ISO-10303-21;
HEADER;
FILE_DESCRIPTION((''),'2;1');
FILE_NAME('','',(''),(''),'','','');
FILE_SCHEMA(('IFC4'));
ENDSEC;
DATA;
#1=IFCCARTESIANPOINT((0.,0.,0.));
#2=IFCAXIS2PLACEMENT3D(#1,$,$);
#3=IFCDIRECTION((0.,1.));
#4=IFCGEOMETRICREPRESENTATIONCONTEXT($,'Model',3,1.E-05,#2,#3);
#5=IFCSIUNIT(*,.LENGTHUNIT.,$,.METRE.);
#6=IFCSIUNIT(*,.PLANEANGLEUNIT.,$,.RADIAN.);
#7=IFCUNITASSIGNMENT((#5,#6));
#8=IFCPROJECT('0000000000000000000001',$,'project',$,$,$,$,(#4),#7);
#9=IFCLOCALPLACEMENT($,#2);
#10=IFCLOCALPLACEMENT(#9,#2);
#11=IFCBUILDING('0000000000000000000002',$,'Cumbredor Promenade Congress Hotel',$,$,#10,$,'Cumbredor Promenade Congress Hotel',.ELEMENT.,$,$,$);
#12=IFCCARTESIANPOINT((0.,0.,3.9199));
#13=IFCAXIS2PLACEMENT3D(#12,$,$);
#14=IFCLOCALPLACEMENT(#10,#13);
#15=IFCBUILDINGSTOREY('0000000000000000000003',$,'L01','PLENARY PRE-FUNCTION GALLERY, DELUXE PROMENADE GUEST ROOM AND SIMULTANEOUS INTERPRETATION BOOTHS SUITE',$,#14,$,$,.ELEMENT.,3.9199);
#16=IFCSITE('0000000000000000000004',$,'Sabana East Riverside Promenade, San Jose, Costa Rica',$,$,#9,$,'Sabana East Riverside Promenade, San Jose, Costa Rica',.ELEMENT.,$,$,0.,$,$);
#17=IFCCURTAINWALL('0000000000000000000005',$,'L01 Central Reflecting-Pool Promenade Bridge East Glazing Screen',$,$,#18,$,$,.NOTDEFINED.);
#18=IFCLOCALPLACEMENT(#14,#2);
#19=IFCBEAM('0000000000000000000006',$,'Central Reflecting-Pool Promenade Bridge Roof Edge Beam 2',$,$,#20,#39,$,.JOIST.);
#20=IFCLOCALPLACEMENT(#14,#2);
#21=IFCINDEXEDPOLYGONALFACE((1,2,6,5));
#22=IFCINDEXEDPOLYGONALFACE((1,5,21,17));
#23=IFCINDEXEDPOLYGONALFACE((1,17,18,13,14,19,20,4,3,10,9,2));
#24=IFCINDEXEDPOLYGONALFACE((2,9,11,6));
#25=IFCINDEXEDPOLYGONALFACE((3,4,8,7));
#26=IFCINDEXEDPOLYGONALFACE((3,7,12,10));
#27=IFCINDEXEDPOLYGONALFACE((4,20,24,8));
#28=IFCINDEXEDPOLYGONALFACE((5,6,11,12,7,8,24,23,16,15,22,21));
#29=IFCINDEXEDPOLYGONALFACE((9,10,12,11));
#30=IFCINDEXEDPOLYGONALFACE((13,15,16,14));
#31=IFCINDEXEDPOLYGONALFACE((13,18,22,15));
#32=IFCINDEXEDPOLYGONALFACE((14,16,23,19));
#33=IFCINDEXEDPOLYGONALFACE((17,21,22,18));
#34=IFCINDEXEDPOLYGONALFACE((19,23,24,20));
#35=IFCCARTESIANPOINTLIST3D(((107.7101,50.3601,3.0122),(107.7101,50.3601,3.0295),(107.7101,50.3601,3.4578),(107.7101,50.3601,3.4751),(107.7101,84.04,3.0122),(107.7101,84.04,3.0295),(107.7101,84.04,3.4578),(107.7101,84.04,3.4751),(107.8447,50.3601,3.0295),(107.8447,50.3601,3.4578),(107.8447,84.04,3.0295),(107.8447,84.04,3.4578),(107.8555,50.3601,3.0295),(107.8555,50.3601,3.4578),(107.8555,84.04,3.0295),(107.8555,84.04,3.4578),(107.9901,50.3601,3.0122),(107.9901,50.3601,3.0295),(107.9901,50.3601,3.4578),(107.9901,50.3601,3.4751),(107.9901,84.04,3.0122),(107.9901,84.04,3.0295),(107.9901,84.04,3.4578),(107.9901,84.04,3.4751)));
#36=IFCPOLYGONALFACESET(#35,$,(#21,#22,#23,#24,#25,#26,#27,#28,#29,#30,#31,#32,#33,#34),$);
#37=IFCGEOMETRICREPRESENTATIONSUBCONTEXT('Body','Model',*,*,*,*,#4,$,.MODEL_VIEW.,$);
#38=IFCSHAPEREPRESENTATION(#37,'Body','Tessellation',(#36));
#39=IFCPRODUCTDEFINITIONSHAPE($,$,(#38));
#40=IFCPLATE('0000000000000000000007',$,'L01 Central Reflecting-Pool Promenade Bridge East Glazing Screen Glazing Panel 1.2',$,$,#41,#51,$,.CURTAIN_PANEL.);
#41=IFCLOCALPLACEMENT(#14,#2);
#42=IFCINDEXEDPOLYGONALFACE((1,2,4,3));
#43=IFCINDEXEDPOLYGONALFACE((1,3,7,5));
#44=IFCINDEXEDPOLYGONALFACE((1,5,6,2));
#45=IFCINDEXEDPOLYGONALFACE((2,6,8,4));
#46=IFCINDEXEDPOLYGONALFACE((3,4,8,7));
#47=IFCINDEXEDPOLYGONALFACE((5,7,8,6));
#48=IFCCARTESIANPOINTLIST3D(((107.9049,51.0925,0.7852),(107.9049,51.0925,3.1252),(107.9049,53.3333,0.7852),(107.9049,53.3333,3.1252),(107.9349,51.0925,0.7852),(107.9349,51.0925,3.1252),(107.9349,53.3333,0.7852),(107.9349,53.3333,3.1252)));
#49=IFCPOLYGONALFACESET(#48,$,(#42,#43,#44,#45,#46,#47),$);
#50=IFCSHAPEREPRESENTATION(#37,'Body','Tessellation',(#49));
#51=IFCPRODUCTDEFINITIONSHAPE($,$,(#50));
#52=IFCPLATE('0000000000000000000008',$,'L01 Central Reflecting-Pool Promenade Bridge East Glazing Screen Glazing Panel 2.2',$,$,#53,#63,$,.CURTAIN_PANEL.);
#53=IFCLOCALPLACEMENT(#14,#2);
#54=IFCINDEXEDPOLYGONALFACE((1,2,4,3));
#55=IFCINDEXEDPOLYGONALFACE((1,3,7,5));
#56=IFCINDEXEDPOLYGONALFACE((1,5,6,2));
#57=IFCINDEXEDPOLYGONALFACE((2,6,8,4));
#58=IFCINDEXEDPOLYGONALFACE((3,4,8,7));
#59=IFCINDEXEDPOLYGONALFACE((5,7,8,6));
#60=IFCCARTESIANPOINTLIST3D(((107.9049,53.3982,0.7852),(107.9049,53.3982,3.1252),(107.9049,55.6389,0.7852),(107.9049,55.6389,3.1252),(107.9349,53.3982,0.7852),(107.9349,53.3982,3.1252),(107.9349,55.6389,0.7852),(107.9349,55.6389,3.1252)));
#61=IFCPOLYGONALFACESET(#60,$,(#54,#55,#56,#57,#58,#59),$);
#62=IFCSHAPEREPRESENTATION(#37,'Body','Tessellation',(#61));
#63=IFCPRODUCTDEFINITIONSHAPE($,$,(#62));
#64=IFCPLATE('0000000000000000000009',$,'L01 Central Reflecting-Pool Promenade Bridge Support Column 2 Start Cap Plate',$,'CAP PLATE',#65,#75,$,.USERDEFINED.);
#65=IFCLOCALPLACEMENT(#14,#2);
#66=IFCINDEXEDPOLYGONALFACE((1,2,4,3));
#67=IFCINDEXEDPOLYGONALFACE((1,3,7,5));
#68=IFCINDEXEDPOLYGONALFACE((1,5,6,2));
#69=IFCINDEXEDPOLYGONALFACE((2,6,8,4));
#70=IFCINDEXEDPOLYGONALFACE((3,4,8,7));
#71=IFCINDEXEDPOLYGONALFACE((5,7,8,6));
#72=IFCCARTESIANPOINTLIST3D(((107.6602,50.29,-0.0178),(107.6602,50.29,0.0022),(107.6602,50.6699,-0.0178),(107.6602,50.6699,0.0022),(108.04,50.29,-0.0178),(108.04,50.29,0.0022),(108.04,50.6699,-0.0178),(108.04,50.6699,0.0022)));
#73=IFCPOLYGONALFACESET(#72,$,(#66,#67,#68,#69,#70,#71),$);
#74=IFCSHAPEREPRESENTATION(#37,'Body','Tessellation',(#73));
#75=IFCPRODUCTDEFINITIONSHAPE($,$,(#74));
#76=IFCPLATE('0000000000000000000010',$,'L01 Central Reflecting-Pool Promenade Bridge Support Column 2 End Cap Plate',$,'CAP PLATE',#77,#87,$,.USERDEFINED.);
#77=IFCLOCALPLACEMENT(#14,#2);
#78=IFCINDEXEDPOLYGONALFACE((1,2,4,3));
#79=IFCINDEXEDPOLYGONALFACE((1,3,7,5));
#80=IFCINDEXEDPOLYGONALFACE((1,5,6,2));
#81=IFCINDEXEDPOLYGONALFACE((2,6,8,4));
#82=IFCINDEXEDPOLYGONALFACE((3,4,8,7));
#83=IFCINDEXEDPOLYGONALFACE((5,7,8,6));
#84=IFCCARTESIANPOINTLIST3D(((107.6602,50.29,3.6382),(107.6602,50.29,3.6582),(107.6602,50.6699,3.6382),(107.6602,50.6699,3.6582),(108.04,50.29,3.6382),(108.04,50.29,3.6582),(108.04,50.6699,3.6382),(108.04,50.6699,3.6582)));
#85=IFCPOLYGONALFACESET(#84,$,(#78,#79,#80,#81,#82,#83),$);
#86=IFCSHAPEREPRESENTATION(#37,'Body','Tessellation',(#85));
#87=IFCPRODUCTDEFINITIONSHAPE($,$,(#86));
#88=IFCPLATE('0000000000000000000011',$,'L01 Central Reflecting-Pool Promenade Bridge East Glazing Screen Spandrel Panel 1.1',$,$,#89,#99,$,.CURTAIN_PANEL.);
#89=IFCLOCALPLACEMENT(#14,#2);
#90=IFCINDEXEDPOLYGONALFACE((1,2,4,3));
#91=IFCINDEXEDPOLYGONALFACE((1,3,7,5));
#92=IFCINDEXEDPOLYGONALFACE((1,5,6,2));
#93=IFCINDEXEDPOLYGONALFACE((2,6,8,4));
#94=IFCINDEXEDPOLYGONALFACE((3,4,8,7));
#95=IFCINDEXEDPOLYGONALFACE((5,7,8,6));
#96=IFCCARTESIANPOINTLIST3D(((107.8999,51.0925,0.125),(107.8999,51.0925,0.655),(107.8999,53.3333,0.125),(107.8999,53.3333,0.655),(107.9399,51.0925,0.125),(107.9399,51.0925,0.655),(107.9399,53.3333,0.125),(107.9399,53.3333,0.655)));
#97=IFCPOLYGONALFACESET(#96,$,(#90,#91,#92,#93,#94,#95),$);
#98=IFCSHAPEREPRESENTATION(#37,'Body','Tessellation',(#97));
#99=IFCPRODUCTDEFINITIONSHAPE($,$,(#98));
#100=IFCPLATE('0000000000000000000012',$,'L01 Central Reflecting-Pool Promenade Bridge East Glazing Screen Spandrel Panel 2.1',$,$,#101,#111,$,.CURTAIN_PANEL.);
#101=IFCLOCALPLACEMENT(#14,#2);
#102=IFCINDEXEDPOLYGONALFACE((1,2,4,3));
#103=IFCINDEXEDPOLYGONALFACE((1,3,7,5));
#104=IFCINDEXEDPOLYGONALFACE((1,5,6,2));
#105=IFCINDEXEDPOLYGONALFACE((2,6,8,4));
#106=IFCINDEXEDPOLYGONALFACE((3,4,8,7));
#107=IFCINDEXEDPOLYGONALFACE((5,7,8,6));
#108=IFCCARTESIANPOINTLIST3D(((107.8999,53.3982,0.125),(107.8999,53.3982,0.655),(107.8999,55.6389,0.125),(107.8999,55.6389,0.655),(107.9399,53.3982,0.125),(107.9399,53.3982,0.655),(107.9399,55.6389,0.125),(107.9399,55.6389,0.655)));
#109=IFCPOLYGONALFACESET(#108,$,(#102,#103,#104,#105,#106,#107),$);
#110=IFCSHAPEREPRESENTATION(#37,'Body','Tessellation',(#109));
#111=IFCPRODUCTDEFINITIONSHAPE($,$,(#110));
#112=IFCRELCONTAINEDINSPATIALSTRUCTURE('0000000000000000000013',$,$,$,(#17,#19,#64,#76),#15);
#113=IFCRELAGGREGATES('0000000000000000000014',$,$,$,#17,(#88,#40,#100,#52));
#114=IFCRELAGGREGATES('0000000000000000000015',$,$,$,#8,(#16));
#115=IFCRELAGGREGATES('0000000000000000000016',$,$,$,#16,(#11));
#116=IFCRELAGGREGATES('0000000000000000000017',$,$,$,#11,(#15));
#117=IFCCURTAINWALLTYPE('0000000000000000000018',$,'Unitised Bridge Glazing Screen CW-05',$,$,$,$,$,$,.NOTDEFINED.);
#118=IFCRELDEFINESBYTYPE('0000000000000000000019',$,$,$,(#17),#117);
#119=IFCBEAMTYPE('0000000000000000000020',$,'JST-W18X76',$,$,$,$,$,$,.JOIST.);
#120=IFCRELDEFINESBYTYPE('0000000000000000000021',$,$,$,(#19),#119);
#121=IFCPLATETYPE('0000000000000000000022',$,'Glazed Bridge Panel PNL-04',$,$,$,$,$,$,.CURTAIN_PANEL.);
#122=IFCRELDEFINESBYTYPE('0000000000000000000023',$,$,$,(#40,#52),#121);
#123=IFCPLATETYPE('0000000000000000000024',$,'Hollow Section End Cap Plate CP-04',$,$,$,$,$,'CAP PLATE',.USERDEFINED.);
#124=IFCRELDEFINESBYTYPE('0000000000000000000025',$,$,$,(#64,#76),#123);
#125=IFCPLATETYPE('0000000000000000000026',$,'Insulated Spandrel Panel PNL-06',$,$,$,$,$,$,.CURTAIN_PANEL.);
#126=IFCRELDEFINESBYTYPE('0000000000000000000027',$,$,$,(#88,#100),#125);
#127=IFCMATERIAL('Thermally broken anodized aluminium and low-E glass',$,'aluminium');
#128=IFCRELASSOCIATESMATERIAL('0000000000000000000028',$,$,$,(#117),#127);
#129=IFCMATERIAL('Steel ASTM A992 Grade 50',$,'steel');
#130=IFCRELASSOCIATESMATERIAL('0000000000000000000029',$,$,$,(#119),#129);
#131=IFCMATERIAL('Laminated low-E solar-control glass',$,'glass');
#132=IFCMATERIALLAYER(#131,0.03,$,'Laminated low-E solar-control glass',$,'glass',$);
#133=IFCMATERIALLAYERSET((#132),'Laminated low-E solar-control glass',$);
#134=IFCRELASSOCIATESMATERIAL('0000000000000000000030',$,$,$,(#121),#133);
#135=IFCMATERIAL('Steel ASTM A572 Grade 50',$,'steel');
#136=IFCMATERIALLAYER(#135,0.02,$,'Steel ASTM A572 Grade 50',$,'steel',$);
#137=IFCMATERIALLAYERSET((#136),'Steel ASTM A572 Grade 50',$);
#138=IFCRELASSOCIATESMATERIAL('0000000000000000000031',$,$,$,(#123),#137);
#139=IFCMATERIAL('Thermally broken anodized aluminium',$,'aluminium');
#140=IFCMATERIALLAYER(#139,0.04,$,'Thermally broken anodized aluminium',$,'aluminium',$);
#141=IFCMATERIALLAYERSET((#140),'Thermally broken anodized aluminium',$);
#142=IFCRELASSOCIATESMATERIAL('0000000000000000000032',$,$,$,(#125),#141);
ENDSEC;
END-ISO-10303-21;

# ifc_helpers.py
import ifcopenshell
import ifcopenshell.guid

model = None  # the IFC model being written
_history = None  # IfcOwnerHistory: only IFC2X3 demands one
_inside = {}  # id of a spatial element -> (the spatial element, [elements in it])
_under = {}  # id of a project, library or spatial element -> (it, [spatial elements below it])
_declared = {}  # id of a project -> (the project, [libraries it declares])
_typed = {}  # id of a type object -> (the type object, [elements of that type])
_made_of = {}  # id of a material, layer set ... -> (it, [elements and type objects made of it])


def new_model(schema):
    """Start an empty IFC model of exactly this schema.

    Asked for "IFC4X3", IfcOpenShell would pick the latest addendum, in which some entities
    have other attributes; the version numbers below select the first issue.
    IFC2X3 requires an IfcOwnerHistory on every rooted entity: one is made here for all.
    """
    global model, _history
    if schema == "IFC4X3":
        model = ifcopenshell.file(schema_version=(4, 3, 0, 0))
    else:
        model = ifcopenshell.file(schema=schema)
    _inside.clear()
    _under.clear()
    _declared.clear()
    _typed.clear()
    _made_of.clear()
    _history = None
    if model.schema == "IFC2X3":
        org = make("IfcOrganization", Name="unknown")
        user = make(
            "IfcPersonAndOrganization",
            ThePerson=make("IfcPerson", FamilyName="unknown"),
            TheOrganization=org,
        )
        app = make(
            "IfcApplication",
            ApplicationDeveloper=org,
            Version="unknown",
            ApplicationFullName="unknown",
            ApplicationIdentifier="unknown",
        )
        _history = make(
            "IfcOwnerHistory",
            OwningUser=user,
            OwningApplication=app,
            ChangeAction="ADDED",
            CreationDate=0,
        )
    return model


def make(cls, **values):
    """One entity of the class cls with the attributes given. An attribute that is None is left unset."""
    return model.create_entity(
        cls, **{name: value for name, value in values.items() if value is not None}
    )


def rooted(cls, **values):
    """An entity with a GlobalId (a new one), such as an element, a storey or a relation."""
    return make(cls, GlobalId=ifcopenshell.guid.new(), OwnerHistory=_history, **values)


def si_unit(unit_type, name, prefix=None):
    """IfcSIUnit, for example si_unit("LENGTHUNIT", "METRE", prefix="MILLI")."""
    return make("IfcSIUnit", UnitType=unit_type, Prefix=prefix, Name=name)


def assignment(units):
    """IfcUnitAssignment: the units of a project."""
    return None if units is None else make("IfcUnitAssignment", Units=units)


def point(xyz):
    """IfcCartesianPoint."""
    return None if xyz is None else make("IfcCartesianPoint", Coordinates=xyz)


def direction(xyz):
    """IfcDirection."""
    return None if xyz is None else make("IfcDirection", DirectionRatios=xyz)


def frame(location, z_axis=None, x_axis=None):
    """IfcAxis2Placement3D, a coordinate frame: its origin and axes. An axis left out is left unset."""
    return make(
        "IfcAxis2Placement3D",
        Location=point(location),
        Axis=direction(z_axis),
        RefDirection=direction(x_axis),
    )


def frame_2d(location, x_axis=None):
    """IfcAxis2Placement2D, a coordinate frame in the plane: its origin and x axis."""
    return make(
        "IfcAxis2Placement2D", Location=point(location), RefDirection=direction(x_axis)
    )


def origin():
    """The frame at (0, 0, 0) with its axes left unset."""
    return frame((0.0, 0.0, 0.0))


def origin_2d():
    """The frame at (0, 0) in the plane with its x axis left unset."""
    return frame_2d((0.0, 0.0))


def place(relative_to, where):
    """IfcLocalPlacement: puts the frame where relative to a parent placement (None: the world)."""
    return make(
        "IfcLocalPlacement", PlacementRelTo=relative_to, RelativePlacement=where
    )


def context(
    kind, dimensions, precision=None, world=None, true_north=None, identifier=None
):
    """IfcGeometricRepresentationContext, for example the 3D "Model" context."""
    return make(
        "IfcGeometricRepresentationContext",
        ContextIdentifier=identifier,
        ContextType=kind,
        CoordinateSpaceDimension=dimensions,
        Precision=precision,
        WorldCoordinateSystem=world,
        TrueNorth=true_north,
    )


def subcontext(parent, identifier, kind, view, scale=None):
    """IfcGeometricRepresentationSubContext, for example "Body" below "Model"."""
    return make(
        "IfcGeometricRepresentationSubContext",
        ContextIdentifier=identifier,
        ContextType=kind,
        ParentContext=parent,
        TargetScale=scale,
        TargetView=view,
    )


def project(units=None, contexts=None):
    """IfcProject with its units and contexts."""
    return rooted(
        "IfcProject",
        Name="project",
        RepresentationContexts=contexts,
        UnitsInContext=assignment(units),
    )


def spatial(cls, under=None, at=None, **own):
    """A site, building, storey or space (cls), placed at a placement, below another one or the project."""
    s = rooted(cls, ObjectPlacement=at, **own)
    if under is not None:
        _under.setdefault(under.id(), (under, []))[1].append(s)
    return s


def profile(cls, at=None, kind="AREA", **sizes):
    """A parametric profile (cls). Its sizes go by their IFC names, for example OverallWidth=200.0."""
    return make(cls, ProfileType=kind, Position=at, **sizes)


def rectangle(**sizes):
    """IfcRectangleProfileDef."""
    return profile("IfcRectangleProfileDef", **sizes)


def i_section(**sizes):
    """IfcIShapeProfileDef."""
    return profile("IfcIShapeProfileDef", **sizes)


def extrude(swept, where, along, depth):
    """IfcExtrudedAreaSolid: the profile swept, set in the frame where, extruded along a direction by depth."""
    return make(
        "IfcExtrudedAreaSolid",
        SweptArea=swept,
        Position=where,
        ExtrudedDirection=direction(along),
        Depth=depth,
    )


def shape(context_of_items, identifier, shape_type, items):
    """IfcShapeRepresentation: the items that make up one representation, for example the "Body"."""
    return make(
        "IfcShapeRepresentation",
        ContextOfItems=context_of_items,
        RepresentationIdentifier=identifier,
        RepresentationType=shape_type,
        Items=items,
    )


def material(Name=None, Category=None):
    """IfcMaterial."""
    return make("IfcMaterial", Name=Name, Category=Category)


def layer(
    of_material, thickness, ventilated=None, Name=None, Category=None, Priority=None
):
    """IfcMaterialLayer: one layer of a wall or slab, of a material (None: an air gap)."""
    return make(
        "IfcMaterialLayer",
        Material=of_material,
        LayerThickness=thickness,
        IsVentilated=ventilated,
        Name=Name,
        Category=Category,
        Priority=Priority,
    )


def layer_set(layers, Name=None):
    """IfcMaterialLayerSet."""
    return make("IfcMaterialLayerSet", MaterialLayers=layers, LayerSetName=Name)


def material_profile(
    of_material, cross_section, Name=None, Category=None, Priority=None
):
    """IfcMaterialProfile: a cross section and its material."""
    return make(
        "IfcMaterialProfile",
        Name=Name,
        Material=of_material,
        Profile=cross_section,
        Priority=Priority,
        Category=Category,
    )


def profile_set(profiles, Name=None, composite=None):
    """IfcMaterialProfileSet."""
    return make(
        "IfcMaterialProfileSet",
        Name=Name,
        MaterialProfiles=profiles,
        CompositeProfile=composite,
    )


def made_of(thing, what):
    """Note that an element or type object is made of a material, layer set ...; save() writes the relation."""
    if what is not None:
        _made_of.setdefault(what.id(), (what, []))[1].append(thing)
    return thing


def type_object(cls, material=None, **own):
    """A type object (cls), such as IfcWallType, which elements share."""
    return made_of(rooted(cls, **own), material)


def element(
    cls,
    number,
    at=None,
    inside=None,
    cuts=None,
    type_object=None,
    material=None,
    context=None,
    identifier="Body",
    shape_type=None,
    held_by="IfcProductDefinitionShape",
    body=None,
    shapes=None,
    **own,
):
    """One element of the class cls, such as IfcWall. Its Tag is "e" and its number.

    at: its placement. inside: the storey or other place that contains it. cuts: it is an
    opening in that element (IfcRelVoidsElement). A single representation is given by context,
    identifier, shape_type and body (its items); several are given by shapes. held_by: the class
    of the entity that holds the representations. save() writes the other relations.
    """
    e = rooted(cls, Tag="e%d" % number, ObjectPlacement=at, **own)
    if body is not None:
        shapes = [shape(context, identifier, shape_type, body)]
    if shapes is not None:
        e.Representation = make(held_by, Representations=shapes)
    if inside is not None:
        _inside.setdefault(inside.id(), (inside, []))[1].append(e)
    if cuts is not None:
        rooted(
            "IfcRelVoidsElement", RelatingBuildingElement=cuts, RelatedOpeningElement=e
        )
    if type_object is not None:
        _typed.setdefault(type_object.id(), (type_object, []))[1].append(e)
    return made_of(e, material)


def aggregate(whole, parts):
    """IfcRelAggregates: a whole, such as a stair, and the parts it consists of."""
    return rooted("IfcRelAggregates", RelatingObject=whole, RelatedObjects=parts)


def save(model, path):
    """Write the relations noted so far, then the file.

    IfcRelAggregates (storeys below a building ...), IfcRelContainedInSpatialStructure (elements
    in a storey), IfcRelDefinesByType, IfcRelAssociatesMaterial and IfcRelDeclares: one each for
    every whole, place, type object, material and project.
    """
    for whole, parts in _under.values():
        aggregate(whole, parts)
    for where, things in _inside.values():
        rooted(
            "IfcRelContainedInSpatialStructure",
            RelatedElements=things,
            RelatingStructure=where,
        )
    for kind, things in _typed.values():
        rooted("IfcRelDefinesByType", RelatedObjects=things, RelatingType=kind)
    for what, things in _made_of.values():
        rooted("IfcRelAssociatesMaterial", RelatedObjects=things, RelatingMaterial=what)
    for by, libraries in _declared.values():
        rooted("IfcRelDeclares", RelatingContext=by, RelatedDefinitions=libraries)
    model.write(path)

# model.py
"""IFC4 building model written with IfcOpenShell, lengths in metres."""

from ifc_helpers import new_model, si_unit, direction, frame, origin, origin_2d, place, context, subcontext, project, spatial, rectangle, i_section, extrude, material, layer, layer_set, material_profile, profile_set, type_object, element, aggregate, save


model = new_model("IFC4")

# Units and contexts
model_context = context("Model", 3, precision=1e-05, world=origin(), true_north=direction((0.0, 1.0)))
body_context = subcontext(model_context, "Body", "Model", "MODEL_VIEW")
ifc_project = project(units=[si_unit("LENGTHUNIT", "METRE"), si_unit("PLANEANGLEUNIT", "RADIAN")], contexts=[model_context])

# Site, building, storey
site_placement = place(None, origin())
site = spatial("IfcSite", under=ifc_project, at=site_placement, Name="Sabana East Riverside Promenade, San Jose, Costa Rica", LongName="Sabana East Riverside Promenade, San Jose, Costa Rica", CompositionType="ELEMENT", RefElevation=0.0)
building_placement = place(site_placement, origin())
building = spatial("IfcBuilding", under=site, at=building_placement, Name="Cumbredor Promenade Congress Hotel", LongName="Cumbredor Promenade Congress Hotel", CompositionType="ELEMENT")
storey_placement = place(building_placement, frame((0.0, 0.0, 3.9199)))
storey = spatial("IfcBuildingStorey", under=building, at=storey_placement, Name="L01", Description="PLENARY PRE-FUNCTION GALLERY, DELUXE PROMENADE GUEST ROOM AND SIMULTANEOUS INTERPRETATION BOOTHS SUITE", CompositionType="ELEMENT", Elevation=3.9199)

# Shared definitions
ifc_material_1 = material(Name="Steel ASTM A992 Grade 50", Category="steel")

# Curtain wall
ifc_material_2 = material(Name="Thermally broken anodized aluminium and low-E glass", Category="aluminium")
curtain_wall_type = type_object("IfcCurtainWallType", Name="Unitised Bridge Glazing Screen CW-05", PredefinedType="NOTDEFINED", material=ifc_material_2)
curtain_wall_placement = place(storey_placement, origin())
curtain_wall = element("IfcCurtainWall", 1, at=curtain_wall_placement, inside=storey, type_object=curtain_wall_type, Name="L01 Central Reflecting-Pool Promenade Bridge East Glazing Screen", PredefinedType="NOTDEFINED")
ifc_material_3 = material(Name="Thermally broken anodized aluminium", Category="aluminium")

# Beam
ifc_material_profile_1 = material_profile(ifc_material_1, i_section(OverallWidth=0.28, OverallDepth=0.4629, WebThickness=0.0107, FlangeThickness=0.0173, at=origin_2d()), Name="W18X76")
ifc_profile_set_1 = profile_set([ifc_material_profile_1], Name="Steel ASTM A992 Grade 50")
beam_type_1 = type_object("IfcBeamType", Name="JST-W18X76", PredefinedType="JOIST", material=ifc_profile_set_1)
beam_1_placement = place(storey_placement, frame((107.8501, 50.3601, 3.2437), z_axis=(0.0, 1.0, 0.0), x_axis=(-1.0, 0.0, 0.0)))
element("IfcBeam", 2, at=beam_1_placement, inside=storey, type_object=beam_type_1, Name="Central Reflecting-Pool Promenade Bridge Roof Edge Beam 2", PredefinedType="JOIST", context=body_context, shape_type="SweptSolid", body=[
    extrude(i_section(OverallWidth=0.28, OverallDepth=0.4629, WebThickness=0.0107, FlangeThickness=0.0173, at=origin_2d()), origin(), (0.0, 0.0, 1.0), 33.6799),
])

# Plates
ifc_material_4 = material(Name="Laminated low-E solar-control glass", Category="glass")
ifc_layer_1 = layer(ifc_material_4, 0.03, Name="Laminated low-E solar-control glass", Category="glass")
ifc_layer_set_1 = layer_set([ifc_layer_1], Name="Laminated low-E solar-control glass")
plate_type_1 = type_object("IfcPlateType", Name="Glazed Bridge Panel PNL-04", PredefinedType="CURTAIN_PANEL", material=ifc_layer_set_1)
plate_1_placement = place(storey_placement, frame((107.9199, 52.2129, 0.7852), z_axis=(0.0, 0.0, 1.0), x_axis=(0.0, 1.0, 0.0)))
plate_1 = element("IfcPlate", 3, at=plate_1_placement, type_object=plate_type_1, Name="L01 Central Reflecting-Pool Promenade Bridge East Glazing Screen Glazing Panel 1.2", PredefinedType="CURTAIN_PANEL", context=body_context, shape_type="SweptSolid", body=[
    extrude(rectangle(XDim=2.2407, YDim=0.03, at=origin_2d()), origin(), (0.0, 0.0, 1.0), 2.3401),
])
plate_2_placement = place(storey_placement, frame((107.9199, 54.5186, 0.7852), z_axis=(0.0, 0.0, 1.0), x_axis=(0.0, 1.0, 0.0)))
plate_2 = element("IfcPlate", 4, at=plate_2_placement, type_object=plate_type_1, Name="L01 Central Reflecting-Pool Promenade Bridge East Glazing Screen Glazing Panel 2.2", PredefinedType="CURTAIN_PANEL", context=body_context, shape_type="SweptSolid", body=[
    extrude(rectangle(XDim=2.2407, YDim=0.03, at=origin_2d()), origin(), (0.0, 0.0, 1.0), 2.3401),
])

# Plates
ifc_material_5 = material(Name="Steel ASTM A572 Grade 50", Category="steel")
ifc_layer_2 = layer(ifc_material_5, 0.02, Name="Steel ASTM A572 Grade 50", Category="steel")
ifc_layer_set_2 = layer_set([ifc_layer_2], Name="Steel ASTM A572 Grade 50")
plate_type_2 = type_object("IfcPlateType", Name="Hollow Section End Cap Plate CP-04", ElementType="CAP PLATE", PredefinedType="USERDEFINED", material=ifc_layer_set_2)
for number, where, z_axis, x_axis, name in (
    (5, (107.8501, 50.48, -0.0178), (0.0, 0.0, 1.0), (1.0, 0.0, 0.0), "L01 Central Reflecting-Pool Promenade Bridge Support Column 2 Start Cap Plate"),
    (6, (107.8501, 50.48, 3.6382), (0.0, 0.0, 1.0), (1.0, 0.0, 0.0), "L01 Central Reflecting-Pool Promenade Bridge Support Column 2 End Cap Plate"),
):
    element("IfcPlate", number, at=place(storey_placement, frame(where, z_axis=z_axis, x_axis=x_axis)), inside=storey, type_object=plate_type_2, Name=name, ObjectType="CAP PLATE", PredefinedType="USERDEFINED", context=body_context, shape_type="SweptSolid", body=[
        extrude(rectangle(XDim=0.3799, YDim=0.3799, at=origin_2d()), origin(), (0.0, 0.0, 1.0), 0.02),
    ])

# Plates
ifc_layer_3 = layer(ifc_material_3, 0.04, Name="Thermally broken anodized aluminium", Category="aluminium")
ifc_layer_set_3 = layer_set([ifc_layer_3], Name="Thermally broken anodized aluminium")
plate_type_3 = type_object("IfcPlateType", Name="Insulated Spandrel Panel PNL-06", PredefinedType="CURTAIN_PANEL", material=ifc_layer_set_3)
plate_3_placement = place(storey_placement, frame((107.9199, 52.2129, 0.125), z_axis=(0.0, 0.0, 1.0), x_axis=(0.0, 1.0, 0.0)))
plate_3 = element("IfcPlate", 7, at=plate_3_placement, type_object=plate_type_3, Name="L01 Central Reflecting-Pool Promenade Bridge East Glazing Screen Spandrel Panel 1.1", PredefinedType="CURTAIN_PANEL", context=body_context, shape_type="SweptSolid", body=[
    extrude(rectangle(XDim=2.2407, YDim=0.04, at=origin_2d()), origin(), (0.0, 0.0, 1.0), 0.53),
])
plate_4_placement = place(storey_placement, frame((107.9199, 54.5186, 0.125), z_axis=(0.0, 0.0, 1.0), x_axis=(0.0, 1.0, 0.0)))
plate_4 = element("IfcPlate", 8, at=plate_4_placement, type_object=plate_type_3, Name="L01 Central Reflecting-Pool Promenade Bridge East Glazing Screen Spandrel Panel 2.1", PredefinedType="CURTAIN_PANEL", context=body_context, shape_type="SweptSolid", body=[
    extrude(rectangle(XDim=2.2407, YDim=0.04, at=origin_2d()), origin(), (0.0, 0.0, 1.0), 0.53),
])
aggregate(curtain_wall, [plate_3, plate_1, plate_4, plate_2])

save(model, "model.ifc")
